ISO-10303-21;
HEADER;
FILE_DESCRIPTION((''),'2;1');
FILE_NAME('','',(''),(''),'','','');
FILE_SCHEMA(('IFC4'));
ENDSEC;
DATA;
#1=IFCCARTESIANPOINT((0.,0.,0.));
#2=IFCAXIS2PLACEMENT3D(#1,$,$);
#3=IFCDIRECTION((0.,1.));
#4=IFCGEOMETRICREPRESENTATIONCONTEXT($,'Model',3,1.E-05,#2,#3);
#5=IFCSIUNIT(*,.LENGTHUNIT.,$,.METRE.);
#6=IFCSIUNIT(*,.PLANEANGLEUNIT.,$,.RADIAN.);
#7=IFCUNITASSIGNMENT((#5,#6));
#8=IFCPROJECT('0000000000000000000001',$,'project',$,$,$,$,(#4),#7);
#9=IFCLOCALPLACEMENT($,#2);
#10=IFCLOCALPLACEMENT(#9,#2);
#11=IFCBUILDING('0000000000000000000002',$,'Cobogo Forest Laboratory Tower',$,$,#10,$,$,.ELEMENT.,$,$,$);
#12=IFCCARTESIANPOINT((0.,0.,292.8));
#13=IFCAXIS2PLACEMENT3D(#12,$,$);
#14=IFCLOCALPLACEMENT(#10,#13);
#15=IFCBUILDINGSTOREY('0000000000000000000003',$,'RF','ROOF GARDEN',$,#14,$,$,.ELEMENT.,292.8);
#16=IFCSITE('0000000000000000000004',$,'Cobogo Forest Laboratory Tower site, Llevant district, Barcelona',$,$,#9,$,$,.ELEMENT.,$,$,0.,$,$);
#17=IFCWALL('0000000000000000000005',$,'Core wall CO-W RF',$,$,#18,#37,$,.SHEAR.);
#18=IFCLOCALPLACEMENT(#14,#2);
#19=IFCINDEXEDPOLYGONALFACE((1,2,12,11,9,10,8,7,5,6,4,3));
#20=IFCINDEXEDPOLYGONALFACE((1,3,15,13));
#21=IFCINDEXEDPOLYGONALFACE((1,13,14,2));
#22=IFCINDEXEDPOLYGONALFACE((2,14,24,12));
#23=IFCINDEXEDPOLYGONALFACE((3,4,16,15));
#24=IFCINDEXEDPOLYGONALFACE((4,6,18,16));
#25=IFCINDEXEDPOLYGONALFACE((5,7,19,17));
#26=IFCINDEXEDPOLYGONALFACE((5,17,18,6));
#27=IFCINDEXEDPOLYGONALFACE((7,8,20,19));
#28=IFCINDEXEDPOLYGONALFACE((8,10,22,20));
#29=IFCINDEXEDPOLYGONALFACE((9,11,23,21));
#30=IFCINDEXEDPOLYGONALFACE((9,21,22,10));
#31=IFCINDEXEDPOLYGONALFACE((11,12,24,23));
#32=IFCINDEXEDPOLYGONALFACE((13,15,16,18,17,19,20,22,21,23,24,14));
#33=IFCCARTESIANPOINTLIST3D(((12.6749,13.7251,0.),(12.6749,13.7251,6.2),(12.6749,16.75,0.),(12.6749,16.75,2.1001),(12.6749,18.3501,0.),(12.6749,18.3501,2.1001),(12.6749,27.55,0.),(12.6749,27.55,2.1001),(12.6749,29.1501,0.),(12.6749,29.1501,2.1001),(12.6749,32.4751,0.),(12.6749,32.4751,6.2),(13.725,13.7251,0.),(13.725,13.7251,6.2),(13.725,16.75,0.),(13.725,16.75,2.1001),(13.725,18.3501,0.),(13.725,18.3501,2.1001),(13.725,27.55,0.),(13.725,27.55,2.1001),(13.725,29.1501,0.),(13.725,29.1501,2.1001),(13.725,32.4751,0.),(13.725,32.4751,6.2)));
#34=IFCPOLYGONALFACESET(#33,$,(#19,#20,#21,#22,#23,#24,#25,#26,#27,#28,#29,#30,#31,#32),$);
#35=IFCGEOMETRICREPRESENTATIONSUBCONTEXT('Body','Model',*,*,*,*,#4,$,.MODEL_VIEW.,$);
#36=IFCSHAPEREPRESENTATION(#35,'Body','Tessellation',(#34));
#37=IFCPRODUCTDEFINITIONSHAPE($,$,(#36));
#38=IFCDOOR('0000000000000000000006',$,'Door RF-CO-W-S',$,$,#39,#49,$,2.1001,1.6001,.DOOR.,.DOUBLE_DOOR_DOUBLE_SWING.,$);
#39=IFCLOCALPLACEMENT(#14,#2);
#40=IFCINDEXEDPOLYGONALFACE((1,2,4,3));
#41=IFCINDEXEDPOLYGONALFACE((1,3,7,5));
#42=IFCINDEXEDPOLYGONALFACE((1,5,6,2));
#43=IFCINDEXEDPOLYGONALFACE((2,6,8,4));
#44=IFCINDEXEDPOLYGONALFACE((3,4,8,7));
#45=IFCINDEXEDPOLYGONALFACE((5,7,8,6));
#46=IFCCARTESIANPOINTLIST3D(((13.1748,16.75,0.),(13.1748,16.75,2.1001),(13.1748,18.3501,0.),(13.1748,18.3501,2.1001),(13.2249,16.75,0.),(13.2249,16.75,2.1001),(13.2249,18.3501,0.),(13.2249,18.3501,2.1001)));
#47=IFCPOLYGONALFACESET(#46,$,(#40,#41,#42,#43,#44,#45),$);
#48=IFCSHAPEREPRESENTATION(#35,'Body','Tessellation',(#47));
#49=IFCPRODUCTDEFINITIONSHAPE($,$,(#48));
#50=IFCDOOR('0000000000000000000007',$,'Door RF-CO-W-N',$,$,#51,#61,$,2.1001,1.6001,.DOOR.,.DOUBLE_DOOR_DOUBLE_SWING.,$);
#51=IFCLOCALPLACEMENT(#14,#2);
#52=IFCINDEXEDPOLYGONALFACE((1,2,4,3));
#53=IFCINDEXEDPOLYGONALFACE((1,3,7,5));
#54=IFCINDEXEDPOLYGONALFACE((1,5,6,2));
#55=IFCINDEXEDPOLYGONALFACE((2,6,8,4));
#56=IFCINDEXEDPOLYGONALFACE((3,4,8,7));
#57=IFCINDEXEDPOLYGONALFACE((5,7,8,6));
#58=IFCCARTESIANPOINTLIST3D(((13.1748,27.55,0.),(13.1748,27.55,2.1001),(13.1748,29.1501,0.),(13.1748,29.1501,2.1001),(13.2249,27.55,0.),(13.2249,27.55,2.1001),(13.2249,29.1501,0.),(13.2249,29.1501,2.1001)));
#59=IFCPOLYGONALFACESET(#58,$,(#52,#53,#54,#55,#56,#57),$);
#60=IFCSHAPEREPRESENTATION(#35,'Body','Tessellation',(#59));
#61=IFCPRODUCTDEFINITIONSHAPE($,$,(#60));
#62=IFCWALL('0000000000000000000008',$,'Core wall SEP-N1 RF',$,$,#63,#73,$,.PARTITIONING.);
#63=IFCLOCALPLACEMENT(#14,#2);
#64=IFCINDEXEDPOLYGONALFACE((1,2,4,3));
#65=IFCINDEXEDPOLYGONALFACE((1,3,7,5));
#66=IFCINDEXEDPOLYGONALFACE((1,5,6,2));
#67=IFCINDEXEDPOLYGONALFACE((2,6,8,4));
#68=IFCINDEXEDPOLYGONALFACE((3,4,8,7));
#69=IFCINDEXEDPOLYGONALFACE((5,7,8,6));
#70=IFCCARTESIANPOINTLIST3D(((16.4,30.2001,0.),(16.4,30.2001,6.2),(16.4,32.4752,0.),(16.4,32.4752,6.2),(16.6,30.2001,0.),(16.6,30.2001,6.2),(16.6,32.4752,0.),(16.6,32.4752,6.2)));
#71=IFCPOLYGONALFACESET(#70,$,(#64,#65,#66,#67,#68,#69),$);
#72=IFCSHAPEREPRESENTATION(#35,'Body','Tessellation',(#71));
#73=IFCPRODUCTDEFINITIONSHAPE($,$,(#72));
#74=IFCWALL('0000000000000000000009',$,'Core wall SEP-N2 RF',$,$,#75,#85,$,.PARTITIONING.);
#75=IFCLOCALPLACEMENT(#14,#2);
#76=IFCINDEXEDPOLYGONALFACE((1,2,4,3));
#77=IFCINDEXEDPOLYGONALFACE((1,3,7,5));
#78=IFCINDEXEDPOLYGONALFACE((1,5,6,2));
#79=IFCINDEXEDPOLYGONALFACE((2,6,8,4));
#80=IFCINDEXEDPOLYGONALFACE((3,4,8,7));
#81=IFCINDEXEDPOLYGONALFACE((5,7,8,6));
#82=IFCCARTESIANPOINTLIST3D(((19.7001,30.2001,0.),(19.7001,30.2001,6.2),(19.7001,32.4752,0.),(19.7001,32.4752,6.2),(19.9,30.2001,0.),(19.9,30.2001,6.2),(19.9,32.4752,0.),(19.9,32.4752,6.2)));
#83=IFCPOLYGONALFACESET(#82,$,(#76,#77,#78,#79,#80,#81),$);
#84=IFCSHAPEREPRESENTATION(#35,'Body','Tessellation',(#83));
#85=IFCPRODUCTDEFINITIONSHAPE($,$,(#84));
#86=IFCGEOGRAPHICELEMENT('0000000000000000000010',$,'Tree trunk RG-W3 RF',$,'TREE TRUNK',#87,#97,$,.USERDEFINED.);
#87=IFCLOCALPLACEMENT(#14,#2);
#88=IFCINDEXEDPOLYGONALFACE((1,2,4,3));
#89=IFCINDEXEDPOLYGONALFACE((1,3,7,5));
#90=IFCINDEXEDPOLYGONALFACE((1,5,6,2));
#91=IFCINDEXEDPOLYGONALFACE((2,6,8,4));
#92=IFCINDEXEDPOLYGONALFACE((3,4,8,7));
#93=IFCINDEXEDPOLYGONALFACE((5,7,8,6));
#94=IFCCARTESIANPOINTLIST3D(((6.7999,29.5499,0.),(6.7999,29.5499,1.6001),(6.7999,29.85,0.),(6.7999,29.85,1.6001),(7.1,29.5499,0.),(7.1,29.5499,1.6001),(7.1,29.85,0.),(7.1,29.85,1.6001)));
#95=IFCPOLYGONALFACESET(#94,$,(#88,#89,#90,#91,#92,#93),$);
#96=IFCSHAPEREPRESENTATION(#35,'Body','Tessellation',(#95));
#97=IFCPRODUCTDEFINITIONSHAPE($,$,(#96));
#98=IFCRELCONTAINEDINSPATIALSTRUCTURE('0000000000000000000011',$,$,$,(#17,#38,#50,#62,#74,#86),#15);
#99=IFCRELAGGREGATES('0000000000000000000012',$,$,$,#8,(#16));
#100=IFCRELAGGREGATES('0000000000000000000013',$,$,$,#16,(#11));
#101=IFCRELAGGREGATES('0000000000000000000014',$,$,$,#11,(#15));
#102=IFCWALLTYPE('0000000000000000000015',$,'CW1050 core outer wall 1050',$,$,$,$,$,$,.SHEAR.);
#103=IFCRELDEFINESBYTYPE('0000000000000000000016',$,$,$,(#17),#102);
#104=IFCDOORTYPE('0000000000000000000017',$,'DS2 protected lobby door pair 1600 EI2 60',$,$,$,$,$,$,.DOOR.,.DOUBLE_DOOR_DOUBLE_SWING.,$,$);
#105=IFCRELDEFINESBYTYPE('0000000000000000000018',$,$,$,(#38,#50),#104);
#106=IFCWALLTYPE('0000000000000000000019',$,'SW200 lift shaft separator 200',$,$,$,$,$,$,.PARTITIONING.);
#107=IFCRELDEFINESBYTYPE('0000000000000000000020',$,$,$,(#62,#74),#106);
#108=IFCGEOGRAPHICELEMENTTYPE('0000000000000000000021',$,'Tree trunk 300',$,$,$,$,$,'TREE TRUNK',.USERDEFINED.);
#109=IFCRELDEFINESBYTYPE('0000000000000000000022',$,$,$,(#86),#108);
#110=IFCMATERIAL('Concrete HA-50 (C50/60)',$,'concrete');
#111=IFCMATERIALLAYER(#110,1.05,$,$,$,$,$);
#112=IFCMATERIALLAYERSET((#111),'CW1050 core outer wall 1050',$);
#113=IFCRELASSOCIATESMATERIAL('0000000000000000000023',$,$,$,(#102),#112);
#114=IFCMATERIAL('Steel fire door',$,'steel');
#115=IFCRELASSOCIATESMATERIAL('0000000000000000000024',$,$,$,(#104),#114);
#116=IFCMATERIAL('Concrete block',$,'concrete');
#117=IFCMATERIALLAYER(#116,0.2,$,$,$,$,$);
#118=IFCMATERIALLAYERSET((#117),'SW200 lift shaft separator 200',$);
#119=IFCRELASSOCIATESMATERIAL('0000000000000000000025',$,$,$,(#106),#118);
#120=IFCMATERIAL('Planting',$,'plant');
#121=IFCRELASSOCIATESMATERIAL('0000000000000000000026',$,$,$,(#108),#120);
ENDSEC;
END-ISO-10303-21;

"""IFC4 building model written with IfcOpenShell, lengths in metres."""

from ifc_helpers import new_model, si_unit, direction, frame, frame_2d, origin, origin_2d, place, context, subcontext, project, spatial, rectangle, extrude, material, layer, layer_set, type_object, element, fill, save


model = new_model("IFC4")

# Units and contexts
model_context = context("Model", 3, precision=1e-05, world=origin(), true_north=direction((0.0, 1.0)))
body_context = subcontext(model_context, "Body", "Model", "MODEL_VIEW")
ifc_project = project(units=[si_unit("LENGTHUNIT", "METRE"), si_unit("PLANEANGLEUNIT", "RADIAN")], contexts=[model_context])

# Site, building, storey
site_placement = place(None, origin())
site = spatial("IfcSite", under=ifc_project, at=site_placement, Name="Cobogo Forest Laboratory Tower site, Llevant district, Barcelona", CompositionType="ELEMENT", RefElevation=0.0)
building_placement = place(site_placement, origin())
building = spatial("IfcBuilding", under=site, at=building_placement, Name="Cobogo Forest Laboratory Tower", CompositionType="ELEMENT")
storey_placement = place(building_placement, frame((0.0, 0.0, 292.8)))
storey = spatial("IfcBuildingStorey", under=building, at=storey_placement, Name="RF", Description="ROOF GARDEN", CompositionType="ELEMENT", Elevation=292.8)

# Shared definitions
ifc_material_1 = material(Name="Concrete HA-50 (C50/60)", Category="concrete")
ifc_material_2 = material(Name="Steel fire door", Category="steel")

# Wall, openings, doors
ifc_layer_1 = layer(ifc_material_1, 1.05)
ifc_layer_set_1 = layer_set([ifc_layer_1], Name="CW1050 core outer wall 1050")
wall_type_1 = type_object("IfcWallType", Name="CW1050 core outer wall 1050", PredefinedType="SHEAR", material=ifc_layer_set_1)
wall_1_placement = place(storey_placement, frame((13.2, 32.4751, 0.0), z_axis=(0.0, 0.0, 1.0), x_axis=(0.0, -1.0, 0.0)))
wall_1 = element("IfcWall", 1, at=wall_1_placement, inside=storey, type_object=wall_type_1, Name="Core wall CO-W RF", PredefinedType="SHEAR", context=body_context, shape_type="SweptSolid", body=[
    extrude(rectangle(XDim=18.75, YDim=1.05, at=frame_2d((9.375, 0.0))), origin(), (0.0, 0.0, 1.0), 6.2),
])
opening_1_placement = place(wall_1_placement, frame((14.125, 0.0, 0.0)))
opening_1 = element("IfcOpeningElement", 2, at=opening_1_placement, cuts=wall_1, PredefinedType="OPENING", context=body_context, shape_type="SweptSolid", body=[
    extrude(rectangle(XDim=1.6001, YDim=2.1001, at=frame_2d((0.8, 1.05))), frame((0.0, 0.5349, 0.0), z_axis=(0.0, -1.0, 0.0), x_axis=(1.0, 0.0, 0.0)), (0.0, 0.0, 1.0), 1.0701),
])
opening_2_placement = place(wall_1_placement, frame((3.325, 0.0, 0.0)))
opening_2 = element("IfcOpeningElement", 3, at=opening_2_placement, cuts=wall_1, PredefinedType="OPENING", context=body_context, shape_type="SweptSolid", body=[
    extrude(rectangle(XDim=1.6001, YDim=2.1001, at=frame_2d((0.8, 1.05))), frame((0.0, 0.5349, 0.0), z_axis=(0.0, -1.0, 0.0), x_axis=(1.0, 0.0, 0.0)), (0.0, 0.0, 1.0), 1.0701),
])
door_type_1 = type_object("IfcDoorType", Name="DS2 protected lobby door pair 1600 EI2 60", OperationType="DOUBLE_DOOR_DOUBLE_SWING", PredefinedType="DOOR", material=ifc_material_2)
door_1_placement = place(opening_1_placement, origin())
door_1 = element("IfcDoor", 4, at=door_1_placement, inside=storey, type_object=door_type_1, Name="Door RF-CO-W-S", OperationType="DOUBLE_DOOR_DOUBLE_SWING", OverallHeight=2.1001, OverallWidth=1.6001, PredefinedType="DOOR", context=body_context, shape_type="SweptSolid", body=[
    extrude(rectangle(XDim=1.6001, YDim=2.1001, at=frame_2d((0.8, 1.05))), frame((0.0, 0.0249, 0.0), z_axis=(0.0, -1.0, 0.0), x_axis=(1.0, 0.0, 0.0)), (0.0, 0.0, 1.0), 0.05),
])
fill(opening_1, door_1)
door_2_placement = place(opening_2_placement, origin())
door_2 = element("IfcDoor", 5, at=door_2_placement, inside=storey, type_object=door_type_1, Name="Door RF-CO-W-N", OperationType="DOUBLE_DOOR_DOUBLE_SWING", OverallHeight=2.1001, OverallWidth=1.6001, PredefinedType="DOOR", context=body_context, shape_type="SweptSolid", body=[
    extrude(rectangle(XDim=1.6001, YDim=2.1001, at=frame_2d((0.8, 1.05))), frame((0.0, 0.0249, 0.0), z_axis=(0.0, -1.0, 0.0), x_axis=(1.0, 0.0, 0.0)), (0.0, 0.0, 1.0), 0.05),
])
fill(opening_2, door_2)

# Walls
ifc_material_3 = material(Name="Concrete block", Category="concrete")
ifc_layer_2 = layer(ifc_material_3, 0.2)
ifc_layer_set_2 = layer_set([ifc_layer_2], Name="SW200 lift shaft separator 200")
wall_type_2 = type_object("IfcWallType", Name="SW200 lift shaft separator 200", PredefinedType="PARTITIONING", material=ifc_layer_set_2)
for number, where, z_axis, x_axis, name in (
    (6, (16.5, 30.2, 0.0), (0.0, 0.0, 1.0), (0.0, 1.0, 0.0), "Core wall SEP-N1 RF"),
    (7, (19.8, 30.2, 0.0), (0.0, 0.0, 1.0), (0.0, 1.0, 0.0), "Core wall SEP-N2 RF"),
):
    element("IfcWall", number, at=place(storey_placement, frame(where, z_axis=z_axis, x_axis=x_axis)), inside=storey, type_object=wall_type_2, Name=name, PredefinedType="PARTITIONING", context=body_context, shape_type="SweptSolid", body=[
        extrude(rectangle(XDim=2.2751, YDim=0.2, at=frame_2d((1.1377, 0.0))), origin(), (0.0, 0.0, 1.0), 6.2),
    ])

# Geographic element
ifc_material_4 = material(Name="Planting", Category="plant")
geographic_element_type = type_object("IfcGeographicElementType", Name="Tree trunk 300", ElementType="TREE TRUNK", PredefinedType="USERDEFINED", material=ifc_material_4)
geographic_element_placement = place(storey_placement, frame((6.95, 29.7, 0.0), z_axis=(0.0, 0.0, 1.0), x_axis=(1.0, 0.0, 0.0)))
element("IfcGeographicElement", 8, at=geographic_element_placement, inside=storey, type_object=geographic_element_type, Name="Tree trunk RG-W3 RF", ObjectType="TREE TRUNK", PredefinedType="USERDEFINED", context=body_context, shape_type="SweptSolid", body=[
    extrude(rectangle(XDim=0.3, YDim=0.3, at=origin_2d()), origin(), (0.0, 0.0, 1.0), 1.6001),
])

save(model, "model.ifc")
